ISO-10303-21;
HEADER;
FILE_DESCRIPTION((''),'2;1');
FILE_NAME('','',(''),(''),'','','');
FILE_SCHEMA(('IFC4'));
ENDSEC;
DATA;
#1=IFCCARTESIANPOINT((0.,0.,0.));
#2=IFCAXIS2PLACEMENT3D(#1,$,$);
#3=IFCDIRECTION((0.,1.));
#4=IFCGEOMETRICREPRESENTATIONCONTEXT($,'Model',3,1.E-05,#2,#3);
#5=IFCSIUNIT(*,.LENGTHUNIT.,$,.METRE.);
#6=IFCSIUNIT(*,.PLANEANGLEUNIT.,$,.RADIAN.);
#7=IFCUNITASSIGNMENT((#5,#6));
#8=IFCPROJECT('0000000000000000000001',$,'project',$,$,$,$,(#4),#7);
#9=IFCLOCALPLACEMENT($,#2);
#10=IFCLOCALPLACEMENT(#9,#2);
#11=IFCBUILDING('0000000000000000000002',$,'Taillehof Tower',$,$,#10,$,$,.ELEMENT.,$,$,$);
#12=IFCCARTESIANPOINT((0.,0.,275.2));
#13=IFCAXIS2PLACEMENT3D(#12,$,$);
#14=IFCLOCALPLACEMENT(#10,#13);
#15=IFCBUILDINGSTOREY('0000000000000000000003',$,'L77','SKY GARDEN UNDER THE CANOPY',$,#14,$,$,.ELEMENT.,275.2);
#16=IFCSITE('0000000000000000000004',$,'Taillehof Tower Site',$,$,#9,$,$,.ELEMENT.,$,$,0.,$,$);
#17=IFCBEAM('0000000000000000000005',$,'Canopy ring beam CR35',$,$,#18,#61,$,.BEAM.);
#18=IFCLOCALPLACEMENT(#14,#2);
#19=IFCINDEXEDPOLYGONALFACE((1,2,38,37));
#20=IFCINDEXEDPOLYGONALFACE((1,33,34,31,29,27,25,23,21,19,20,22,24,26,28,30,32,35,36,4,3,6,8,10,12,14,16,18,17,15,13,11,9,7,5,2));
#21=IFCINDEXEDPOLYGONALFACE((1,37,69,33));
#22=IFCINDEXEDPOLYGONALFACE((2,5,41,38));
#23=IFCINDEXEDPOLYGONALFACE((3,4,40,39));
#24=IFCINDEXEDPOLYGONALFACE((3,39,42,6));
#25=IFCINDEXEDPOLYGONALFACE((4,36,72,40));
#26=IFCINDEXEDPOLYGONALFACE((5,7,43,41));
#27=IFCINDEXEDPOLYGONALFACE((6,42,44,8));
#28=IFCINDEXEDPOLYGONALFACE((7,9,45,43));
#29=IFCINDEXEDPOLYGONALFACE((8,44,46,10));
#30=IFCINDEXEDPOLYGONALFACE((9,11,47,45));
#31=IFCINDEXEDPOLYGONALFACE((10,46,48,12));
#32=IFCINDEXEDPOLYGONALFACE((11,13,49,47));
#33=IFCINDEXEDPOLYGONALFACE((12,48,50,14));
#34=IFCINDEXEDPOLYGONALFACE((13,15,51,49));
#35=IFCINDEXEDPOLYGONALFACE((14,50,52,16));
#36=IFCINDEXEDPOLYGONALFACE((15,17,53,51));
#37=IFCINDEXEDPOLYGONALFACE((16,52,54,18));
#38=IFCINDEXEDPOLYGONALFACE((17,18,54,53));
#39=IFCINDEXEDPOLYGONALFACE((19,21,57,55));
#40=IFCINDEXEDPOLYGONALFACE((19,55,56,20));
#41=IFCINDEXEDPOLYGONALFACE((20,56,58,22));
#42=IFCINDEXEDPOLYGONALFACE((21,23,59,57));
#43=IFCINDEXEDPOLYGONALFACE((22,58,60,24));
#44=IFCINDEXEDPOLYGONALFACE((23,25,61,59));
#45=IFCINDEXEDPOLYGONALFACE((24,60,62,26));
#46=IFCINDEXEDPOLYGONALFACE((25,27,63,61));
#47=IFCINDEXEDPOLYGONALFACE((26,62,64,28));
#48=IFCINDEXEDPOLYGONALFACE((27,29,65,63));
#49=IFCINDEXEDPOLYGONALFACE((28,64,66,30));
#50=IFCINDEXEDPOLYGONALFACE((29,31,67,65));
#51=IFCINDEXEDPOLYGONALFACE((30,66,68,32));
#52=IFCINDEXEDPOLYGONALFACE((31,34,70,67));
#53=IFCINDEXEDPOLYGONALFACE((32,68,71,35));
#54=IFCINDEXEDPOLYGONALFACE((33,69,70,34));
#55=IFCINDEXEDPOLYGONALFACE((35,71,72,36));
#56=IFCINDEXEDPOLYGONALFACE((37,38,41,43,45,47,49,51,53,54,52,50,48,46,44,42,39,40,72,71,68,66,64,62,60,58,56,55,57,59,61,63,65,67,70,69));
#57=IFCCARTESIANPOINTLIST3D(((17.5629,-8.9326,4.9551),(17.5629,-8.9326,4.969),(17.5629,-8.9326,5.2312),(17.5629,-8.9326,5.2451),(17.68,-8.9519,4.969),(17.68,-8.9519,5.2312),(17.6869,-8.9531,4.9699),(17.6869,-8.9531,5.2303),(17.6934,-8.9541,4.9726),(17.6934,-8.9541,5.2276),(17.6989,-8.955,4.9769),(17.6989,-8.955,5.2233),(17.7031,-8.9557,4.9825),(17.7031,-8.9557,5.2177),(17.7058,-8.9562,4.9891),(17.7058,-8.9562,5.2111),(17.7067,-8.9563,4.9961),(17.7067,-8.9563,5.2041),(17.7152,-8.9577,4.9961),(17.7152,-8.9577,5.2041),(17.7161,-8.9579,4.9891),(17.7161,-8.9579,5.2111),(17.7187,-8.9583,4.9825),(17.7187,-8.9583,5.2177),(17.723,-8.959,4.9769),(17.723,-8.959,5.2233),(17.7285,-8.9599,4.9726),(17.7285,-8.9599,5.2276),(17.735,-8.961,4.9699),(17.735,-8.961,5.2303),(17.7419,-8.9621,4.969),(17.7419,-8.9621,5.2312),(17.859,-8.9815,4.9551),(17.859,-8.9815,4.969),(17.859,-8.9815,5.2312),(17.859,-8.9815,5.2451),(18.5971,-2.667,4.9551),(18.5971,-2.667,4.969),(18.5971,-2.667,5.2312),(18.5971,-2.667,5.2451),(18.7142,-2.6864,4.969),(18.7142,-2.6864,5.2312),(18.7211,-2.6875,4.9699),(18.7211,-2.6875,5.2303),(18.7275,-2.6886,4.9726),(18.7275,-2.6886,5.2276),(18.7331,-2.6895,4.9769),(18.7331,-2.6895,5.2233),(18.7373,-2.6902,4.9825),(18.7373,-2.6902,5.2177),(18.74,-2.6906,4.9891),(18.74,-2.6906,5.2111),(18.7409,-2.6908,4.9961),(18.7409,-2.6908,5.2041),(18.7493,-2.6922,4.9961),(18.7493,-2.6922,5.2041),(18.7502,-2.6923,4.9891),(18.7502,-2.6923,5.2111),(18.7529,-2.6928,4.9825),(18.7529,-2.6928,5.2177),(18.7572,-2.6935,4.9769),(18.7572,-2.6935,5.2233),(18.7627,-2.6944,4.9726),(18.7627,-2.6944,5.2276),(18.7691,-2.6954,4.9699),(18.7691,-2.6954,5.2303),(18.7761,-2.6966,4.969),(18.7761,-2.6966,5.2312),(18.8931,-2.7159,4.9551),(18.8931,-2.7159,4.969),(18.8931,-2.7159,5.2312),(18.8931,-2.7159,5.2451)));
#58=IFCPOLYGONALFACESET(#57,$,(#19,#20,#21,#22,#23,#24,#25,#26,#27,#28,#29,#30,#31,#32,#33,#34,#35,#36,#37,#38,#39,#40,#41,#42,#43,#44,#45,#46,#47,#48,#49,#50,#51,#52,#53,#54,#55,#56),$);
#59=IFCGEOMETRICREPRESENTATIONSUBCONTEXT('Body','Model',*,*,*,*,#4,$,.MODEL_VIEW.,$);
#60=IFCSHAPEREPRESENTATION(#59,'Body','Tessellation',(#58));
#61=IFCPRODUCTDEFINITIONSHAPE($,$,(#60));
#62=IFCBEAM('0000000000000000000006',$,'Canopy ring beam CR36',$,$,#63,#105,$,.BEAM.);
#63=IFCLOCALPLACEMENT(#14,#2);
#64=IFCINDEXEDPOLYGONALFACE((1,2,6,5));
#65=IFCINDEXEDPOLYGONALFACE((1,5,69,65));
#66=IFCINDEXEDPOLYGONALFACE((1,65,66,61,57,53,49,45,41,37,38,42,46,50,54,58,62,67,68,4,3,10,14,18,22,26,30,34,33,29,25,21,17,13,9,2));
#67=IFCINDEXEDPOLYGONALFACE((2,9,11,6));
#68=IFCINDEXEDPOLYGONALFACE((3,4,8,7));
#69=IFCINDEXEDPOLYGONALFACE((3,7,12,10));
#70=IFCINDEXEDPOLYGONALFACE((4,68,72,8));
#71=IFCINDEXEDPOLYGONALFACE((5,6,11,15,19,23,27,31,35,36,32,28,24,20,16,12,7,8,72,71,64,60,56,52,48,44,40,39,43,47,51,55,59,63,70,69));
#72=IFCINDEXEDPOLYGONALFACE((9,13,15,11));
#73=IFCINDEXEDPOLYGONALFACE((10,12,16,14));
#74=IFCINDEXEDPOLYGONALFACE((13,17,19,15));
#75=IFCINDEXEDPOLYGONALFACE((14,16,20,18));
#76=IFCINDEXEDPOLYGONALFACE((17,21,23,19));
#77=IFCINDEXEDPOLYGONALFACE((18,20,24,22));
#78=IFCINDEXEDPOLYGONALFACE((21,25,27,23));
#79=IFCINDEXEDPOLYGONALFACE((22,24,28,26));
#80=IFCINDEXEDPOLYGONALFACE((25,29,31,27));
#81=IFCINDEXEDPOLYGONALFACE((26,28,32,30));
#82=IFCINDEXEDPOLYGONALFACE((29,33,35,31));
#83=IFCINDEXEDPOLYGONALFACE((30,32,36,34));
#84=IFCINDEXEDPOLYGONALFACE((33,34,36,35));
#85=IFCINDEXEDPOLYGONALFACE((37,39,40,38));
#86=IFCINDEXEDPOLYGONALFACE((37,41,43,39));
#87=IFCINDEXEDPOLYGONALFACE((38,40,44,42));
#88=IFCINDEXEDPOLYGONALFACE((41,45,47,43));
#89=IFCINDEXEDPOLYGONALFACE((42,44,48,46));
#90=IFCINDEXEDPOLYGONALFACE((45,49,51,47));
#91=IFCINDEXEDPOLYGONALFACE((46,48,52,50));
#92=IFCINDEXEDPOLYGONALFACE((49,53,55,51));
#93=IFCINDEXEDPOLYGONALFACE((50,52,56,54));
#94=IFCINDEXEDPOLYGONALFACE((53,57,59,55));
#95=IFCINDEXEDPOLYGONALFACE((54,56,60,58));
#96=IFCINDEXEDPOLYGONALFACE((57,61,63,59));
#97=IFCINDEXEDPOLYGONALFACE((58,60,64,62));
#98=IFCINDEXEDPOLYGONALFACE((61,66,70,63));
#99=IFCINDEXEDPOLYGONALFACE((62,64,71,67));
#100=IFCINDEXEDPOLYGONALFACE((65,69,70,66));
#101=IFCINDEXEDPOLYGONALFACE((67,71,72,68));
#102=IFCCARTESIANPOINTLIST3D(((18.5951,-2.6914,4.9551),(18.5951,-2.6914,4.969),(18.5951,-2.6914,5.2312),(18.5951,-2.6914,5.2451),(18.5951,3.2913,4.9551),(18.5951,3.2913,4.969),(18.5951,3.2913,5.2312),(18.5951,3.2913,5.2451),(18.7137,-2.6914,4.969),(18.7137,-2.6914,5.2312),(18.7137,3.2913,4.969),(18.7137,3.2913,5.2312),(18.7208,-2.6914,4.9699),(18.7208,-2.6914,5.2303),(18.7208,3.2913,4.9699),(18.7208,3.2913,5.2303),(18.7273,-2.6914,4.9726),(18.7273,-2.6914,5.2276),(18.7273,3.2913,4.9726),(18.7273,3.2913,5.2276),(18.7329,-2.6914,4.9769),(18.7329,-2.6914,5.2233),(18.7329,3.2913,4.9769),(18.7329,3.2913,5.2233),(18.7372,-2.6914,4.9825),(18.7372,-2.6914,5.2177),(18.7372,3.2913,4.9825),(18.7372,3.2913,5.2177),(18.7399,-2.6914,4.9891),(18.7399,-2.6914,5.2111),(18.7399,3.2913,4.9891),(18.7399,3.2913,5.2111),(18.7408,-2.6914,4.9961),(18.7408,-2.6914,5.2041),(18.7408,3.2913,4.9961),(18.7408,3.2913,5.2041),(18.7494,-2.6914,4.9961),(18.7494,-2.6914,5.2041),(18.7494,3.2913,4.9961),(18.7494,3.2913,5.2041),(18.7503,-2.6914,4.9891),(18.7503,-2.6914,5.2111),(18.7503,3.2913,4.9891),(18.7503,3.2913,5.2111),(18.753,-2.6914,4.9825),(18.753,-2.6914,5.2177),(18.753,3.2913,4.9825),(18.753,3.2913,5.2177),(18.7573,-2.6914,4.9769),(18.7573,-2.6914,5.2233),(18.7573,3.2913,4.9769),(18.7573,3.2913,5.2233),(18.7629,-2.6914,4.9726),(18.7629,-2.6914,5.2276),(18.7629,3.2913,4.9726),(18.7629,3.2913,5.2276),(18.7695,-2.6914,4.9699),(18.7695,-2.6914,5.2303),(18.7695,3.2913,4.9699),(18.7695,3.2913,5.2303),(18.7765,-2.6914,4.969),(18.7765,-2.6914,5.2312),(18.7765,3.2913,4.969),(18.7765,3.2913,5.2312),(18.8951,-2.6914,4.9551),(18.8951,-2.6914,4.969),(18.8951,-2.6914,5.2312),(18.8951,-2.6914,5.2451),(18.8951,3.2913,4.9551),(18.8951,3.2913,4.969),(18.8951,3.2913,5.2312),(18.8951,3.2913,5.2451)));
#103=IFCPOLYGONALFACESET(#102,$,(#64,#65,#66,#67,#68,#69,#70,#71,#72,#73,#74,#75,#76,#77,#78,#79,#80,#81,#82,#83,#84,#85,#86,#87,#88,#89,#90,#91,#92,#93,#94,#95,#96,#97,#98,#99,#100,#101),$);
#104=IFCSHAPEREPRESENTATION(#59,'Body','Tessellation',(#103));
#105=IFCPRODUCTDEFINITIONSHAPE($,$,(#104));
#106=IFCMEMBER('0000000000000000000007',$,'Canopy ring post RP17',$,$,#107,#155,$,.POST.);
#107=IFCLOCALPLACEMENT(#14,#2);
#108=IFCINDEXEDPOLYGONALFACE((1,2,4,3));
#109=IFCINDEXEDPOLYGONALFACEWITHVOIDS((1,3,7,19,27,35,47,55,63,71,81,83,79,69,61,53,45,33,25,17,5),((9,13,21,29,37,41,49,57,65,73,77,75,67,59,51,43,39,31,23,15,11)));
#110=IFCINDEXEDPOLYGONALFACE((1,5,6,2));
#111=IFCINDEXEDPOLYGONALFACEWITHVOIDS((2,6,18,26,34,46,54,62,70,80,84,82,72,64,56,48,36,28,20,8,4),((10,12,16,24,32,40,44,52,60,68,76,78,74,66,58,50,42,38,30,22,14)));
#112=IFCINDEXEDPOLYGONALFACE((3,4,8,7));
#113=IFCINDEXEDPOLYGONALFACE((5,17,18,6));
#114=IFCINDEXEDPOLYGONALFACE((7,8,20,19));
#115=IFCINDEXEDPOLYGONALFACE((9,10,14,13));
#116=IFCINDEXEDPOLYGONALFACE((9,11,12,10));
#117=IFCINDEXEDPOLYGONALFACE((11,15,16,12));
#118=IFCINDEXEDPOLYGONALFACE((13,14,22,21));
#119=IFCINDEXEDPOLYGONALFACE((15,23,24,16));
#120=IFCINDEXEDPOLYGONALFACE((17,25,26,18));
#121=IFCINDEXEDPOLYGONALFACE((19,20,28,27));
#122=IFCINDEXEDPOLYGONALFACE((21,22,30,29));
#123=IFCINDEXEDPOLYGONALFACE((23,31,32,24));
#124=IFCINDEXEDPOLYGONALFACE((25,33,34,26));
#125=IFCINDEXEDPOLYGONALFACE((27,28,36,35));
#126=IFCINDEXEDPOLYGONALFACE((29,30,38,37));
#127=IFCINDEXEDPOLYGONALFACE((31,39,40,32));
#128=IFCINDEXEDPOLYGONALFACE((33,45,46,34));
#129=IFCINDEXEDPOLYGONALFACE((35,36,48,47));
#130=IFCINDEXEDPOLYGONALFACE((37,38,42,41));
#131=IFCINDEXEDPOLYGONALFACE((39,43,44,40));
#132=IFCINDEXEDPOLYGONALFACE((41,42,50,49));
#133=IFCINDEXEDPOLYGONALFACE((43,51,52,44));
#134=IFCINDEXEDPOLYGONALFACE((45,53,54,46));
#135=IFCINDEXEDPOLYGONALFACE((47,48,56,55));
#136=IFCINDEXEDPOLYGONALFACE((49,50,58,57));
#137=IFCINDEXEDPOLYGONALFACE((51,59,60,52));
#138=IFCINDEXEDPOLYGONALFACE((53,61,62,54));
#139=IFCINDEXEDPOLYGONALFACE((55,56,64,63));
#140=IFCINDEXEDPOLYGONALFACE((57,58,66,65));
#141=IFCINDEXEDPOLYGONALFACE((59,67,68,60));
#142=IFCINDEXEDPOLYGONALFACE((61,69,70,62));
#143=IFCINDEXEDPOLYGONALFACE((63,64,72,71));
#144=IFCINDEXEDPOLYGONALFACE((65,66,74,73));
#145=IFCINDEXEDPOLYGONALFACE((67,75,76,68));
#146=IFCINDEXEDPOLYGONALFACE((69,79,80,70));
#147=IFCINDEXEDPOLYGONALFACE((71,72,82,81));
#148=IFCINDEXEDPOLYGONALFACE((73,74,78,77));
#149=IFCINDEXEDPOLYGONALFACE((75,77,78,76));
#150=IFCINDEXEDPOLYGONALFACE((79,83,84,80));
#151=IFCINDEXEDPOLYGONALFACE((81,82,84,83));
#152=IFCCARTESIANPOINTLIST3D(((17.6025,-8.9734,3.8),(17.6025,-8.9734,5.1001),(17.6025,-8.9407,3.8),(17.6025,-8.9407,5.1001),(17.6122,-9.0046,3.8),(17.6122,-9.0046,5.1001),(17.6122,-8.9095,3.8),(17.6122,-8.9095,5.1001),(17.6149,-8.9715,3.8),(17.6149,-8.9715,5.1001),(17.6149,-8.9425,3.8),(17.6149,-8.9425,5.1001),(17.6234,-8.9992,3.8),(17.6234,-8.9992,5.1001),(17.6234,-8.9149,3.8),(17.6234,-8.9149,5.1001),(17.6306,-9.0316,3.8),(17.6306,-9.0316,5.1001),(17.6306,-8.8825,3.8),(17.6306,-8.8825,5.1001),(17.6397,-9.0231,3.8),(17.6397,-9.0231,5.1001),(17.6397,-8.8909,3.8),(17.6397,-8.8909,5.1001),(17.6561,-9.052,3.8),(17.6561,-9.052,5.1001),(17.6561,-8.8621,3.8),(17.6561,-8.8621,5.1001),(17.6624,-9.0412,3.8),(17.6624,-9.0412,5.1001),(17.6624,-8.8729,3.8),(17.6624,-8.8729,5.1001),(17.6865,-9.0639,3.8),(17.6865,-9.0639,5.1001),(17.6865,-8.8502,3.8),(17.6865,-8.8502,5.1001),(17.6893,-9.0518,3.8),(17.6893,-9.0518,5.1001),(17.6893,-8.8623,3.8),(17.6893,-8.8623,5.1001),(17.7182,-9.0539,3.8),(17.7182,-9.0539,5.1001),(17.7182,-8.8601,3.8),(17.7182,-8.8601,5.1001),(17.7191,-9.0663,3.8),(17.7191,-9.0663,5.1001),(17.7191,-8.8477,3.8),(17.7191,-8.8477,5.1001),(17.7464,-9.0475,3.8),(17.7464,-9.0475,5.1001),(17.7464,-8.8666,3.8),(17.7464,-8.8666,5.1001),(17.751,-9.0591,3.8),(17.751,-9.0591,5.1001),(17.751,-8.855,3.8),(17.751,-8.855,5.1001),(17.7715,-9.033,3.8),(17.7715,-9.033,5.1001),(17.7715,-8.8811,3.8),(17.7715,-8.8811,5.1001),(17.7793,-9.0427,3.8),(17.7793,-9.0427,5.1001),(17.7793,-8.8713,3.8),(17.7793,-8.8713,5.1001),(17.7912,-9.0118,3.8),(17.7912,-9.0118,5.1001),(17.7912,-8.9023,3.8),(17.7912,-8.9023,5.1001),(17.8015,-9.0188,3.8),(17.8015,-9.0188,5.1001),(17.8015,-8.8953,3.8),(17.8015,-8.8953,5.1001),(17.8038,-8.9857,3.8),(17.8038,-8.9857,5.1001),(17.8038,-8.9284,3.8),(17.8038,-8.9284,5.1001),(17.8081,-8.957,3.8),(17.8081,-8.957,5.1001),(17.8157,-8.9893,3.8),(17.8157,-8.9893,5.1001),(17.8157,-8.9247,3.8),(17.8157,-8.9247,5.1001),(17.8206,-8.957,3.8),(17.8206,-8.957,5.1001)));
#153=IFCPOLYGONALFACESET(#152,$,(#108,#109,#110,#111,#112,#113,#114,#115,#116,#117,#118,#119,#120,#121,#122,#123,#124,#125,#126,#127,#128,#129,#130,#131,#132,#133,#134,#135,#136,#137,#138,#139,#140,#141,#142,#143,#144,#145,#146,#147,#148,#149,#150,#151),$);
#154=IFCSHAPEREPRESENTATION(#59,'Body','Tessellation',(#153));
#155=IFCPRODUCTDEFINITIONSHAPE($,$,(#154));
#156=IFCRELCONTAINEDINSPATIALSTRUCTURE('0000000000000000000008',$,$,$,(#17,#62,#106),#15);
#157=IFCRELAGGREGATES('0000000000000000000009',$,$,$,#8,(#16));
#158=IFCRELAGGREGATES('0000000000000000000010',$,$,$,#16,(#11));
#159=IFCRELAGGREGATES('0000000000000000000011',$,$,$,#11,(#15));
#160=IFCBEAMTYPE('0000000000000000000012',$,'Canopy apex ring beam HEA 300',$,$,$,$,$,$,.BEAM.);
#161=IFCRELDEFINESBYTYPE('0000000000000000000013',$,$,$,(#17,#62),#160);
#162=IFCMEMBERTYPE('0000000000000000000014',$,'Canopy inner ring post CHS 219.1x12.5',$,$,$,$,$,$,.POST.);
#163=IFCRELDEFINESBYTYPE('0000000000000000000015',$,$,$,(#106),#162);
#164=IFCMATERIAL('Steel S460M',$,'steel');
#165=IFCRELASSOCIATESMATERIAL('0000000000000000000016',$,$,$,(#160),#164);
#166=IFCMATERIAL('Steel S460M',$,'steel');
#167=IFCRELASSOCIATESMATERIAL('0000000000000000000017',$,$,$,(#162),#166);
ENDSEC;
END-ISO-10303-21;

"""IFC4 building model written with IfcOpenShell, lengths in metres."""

from ifc_helpers import new_model, si_unit, direction, frame, origin, origin_2d, place, context, subcontext, project, spatial, hollow_circle, i_section, extrude, material, material_profile, profile_set, type_object, element, save


model = new_model("IFC4")

# Units and contexts
model_context = context("Model", 3, precision=1e-05, world=origin(), true_north=direction((0.0, 1.0)))
body_context = subcontext(model_context, "Body", "Model", "MODEL_VIEW")
ifc_project = project(units=[si_unit("LENGTHUNIT", "METRE"), si_unit("PLANEANGLEUNIT", "RADIAN")], contexts=[model_context])

# Site, building, storey
site_placement = place(None, origin())
site = spatial("IfcSite", under=ifc_project, at=site_placement, Name="Taillehof Tower Site", CompositionType="ELEMENT", RefElevation=0.0)
building_placement = place(site_placement, origin())
building = spatial("IfcBuilding", under=site, at=building_placement, Name="Taillehof Tower", CompositionType="ELEMENT")
storey_placement = place(building_placement, frame((0.0, 0.0, 275.2)))
storey = spatial("IfcBuildingStorey", under=building, at=storey_placement, Name="L77", Description="SKY GARDEN UNDER THE CANOPY", CompositionType="ELEMENT", Elevation=275.2)

# Beams
ifc_material_1 = material(Name="Steel S460M", Category="steel")
ifc_material_profile_1 = material_profile(ifc_material_1, i_section(OverallWidth=0.3, OverallDepth=0.29, WebThickness=0.0085, FlangeThickness=0.0139, FilletRadius=0.0271, at=origin_2d()), Name="HEA 300")
ifc_profile_set_1 = profile_set([ifc_material_profile_1], Name="Steel S460M")
beam_type_1 = type_object("IfcBeamType", Name="Canopy apex ring beam HEA 300", PredefinedType="BEAM", material=ifc_profile_set_1)
beam_1_placement = place(storey_placement, frame((17.7109, -8.957, 5.1001), z_axis=(0.162853, 0.98665, 0.0), x_axis=(-0.98665, 0.162853, 0.0)))
element("IfcBeam", 1, at=beam_1_placement, inside=storey, type_object=beam_type_1, Name="Canopy ring beam CR35", PredefinedType="BEAM", context=body_context, shape_type="SweptSolid", body=[
    extrude(i_section(OverallWidth=0.3, OverallDepth=0.29, WebThickness=0.0085, FlangeThickness=0.0139, FilletRadius=0.0271, at=origin_2d()), origin(), (0.0, 0.0, 1.0), 6.3503),
])
beam_2_placement = place(storey_placement, frame((18.7451, -2.6914, 5.1001), z_axis=(0.0, 1.0, 0.0), x_axis=(-1.0, 0.0, 0.0)))
element("IfcBeam", 2, at=beam_2_placement, inside=storey, type_object=beam_type_1, Name="Canopy ring beam CR36", PredefinedType="BEAM", context=body_context, shape_type="SweptSolid", body=[
    extrude(i_section(OverallWidth=0.3, OverallDepth=0.29, WebThickness=0.0085, FlangeThickness=0.0139, FilletRadius=0.0271, at=origin_2d()), origin(), (0.0, 0.0, 1.0), 5.9827),
])

# Member
ifc_material_2 = material(Name="Steel S460M", Category="steel")
ifc_material_profile_2 = material_profile(ifc_material_2, hollow_circle(Radius=0.1096, WallThickness=0.0125, at=origin_2d()), Name="CHS 219.1x12.5")
ifc_profile_set_2 = profile_set([ifc_material_profile_2], Name="Steel S460M")
member_type_1 = type_object("IfcMemberType", Name="Canopy inner ring post CHS 219.1x12.5", PredefinedType="POST", material=ifc_profile_set_2)
for number, where, z_axis, x_axis, name in (
    (3, (17.7109, -8.957, 3.8), (0.0, 0.0, 1.0), (1.0, 0.0, 0.0), "Canopy ring post RP17"),
):
    element("IfcMember", number, at=place(storey_placement, frame(where, z_axis=z_axis, x_axis=x_axis)), inside=storey, type_object=member_type_1, Name=name, PredefinedType="POST", context=body_context, shape_type="SweptSolid", body=[
        extrude(hollow_circle(Radius=0.1096, WallThickness=0.0125, at=origin_2d()), origin(), (0.0, 0.0, 1.0), 1.3),
    ])

save(model, "model.ifc")
